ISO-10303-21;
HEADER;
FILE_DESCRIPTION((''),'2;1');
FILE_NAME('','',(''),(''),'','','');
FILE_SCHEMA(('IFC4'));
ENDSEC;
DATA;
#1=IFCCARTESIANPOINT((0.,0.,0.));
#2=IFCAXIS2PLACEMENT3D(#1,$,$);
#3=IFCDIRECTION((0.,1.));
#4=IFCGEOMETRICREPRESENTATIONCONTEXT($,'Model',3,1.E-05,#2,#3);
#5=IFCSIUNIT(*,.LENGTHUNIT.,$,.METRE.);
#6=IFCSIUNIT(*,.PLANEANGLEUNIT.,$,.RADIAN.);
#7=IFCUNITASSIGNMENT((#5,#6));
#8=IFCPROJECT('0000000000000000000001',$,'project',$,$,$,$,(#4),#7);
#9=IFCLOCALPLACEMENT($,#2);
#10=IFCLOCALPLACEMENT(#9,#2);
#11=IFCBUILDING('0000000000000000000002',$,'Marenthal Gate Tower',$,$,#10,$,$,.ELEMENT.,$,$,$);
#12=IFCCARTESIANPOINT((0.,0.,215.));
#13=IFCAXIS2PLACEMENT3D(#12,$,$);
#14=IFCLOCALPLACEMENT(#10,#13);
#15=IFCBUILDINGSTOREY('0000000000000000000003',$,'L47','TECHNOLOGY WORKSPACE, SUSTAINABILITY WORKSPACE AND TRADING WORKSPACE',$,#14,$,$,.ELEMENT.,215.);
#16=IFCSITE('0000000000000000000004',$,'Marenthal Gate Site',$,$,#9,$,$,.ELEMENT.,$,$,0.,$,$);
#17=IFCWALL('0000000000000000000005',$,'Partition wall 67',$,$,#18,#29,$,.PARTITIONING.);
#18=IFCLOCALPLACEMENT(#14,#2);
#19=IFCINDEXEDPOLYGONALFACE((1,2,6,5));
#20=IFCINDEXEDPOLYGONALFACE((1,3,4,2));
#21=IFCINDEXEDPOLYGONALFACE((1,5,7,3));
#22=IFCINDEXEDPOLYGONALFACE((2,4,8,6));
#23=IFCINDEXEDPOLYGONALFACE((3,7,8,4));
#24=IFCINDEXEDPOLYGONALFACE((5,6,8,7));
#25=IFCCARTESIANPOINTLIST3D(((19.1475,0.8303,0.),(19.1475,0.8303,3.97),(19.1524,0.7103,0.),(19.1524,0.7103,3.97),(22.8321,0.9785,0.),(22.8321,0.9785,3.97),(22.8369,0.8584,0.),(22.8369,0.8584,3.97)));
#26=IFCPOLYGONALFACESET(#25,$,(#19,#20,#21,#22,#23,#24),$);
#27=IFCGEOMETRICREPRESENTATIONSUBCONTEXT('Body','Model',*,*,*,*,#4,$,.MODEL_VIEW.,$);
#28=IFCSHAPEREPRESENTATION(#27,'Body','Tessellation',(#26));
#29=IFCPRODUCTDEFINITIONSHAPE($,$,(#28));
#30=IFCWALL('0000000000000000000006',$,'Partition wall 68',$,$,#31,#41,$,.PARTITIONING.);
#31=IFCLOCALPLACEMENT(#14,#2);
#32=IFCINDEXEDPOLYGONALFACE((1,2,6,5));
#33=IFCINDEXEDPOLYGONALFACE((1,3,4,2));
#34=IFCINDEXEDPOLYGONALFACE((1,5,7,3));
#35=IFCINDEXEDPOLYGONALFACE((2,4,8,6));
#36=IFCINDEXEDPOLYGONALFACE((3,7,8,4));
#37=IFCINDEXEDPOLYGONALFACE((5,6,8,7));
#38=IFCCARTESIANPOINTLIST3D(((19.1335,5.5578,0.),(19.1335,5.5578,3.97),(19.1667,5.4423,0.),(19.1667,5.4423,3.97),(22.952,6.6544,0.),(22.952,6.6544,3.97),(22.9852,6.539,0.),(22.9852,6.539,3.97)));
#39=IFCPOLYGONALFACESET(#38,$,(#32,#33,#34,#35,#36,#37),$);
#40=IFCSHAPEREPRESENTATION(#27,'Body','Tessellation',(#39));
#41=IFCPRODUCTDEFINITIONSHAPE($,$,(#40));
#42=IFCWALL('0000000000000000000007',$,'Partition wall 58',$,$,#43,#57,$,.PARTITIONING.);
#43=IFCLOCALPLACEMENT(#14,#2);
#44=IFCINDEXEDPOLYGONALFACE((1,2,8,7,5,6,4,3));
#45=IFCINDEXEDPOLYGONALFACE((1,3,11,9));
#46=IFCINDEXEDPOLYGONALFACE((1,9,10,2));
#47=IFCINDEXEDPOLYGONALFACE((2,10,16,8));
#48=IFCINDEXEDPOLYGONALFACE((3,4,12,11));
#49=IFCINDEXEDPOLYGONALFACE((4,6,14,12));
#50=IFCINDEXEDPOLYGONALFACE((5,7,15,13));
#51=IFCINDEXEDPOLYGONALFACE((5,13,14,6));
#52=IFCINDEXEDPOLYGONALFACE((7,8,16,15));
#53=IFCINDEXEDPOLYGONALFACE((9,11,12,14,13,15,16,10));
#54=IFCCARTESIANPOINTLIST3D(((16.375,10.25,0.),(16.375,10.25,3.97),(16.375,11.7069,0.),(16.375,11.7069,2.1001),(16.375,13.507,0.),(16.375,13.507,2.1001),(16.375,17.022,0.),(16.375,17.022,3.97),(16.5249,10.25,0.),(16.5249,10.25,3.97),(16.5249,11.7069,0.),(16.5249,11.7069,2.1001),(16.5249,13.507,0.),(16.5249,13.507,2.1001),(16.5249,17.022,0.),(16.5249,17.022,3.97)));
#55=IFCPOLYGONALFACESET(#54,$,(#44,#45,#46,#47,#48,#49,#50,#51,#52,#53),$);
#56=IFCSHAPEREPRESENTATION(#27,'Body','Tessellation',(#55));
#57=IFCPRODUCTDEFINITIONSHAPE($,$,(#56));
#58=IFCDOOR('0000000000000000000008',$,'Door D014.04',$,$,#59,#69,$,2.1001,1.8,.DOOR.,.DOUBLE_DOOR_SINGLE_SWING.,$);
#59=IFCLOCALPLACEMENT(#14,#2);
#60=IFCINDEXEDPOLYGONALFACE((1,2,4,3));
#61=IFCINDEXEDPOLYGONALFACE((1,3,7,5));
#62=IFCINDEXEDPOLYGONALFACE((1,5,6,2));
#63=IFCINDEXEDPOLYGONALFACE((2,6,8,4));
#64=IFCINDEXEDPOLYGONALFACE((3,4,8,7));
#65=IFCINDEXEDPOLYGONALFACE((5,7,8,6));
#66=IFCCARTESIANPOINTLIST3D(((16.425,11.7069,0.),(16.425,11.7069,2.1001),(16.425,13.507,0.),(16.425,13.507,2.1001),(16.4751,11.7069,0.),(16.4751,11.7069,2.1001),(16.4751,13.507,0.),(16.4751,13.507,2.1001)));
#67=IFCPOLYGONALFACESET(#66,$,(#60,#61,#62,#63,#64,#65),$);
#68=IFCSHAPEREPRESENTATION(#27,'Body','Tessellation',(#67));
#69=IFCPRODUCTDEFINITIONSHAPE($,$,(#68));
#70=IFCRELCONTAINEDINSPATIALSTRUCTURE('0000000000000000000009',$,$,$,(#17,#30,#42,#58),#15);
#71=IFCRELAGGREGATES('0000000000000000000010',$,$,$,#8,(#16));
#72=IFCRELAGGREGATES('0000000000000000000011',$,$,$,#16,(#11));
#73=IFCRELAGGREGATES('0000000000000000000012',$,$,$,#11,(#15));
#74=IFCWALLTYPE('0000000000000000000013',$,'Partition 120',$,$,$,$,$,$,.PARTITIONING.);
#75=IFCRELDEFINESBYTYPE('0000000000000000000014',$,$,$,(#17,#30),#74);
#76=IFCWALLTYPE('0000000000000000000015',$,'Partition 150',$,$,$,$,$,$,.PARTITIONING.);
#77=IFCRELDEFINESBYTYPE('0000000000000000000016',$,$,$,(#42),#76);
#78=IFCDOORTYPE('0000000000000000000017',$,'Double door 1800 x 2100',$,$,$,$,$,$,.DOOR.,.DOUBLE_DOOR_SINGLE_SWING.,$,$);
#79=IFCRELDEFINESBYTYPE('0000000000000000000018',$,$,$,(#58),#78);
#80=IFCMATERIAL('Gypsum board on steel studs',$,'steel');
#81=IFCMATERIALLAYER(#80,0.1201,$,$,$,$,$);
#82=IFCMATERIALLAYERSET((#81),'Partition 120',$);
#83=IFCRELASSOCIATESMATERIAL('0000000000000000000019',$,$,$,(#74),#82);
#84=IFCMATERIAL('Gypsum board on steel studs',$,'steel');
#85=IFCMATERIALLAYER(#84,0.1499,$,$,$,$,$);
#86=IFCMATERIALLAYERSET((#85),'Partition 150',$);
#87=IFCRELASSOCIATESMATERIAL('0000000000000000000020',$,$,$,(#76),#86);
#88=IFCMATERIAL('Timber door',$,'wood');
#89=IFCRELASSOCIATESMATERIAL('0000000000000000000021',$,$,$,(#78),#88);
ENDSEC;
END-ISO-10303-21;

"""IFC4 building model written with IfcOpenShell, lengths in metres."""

from ifc_helpers import new_model, si_unit, direction, frame, frame_2d, origin, place, context, subcontext, project, spatial, rectangle, extrude, material, layer, layer_set, type_object, element, fill, save


model = new_model("IFC4")

# Units and contexts
model_context = context("Model", 3, precision=1e-05, world=origin(), true_north=direction((0.0, 1.0)))
body_context = subcontext(model_context, "Body", "Model", "MODEL_VIEW")
ifc_project = project(units=[si_unit("LENGTHUNIT", "METRE"), si_unit("PLANEANGLEUNIT", "RADIAN")], contexts=[model_context])

# Site, building, storey
site_placement = place(None, origin())
site = spatial("IfcSite", under=ifc_project, at=site_placement, Name="Marenthal Gate Site", CompositionType="ELEMENT", RefElevation=0.0)
building_placement = place(site_placement, origin())
building = spatial("IfcBuilding", under=site, at=building_placement, Name="Marenthal Gate Tower", CompositionType="ELEMENT")
storey_placement = place(building_placement, frame((0.0, 0.0, 215.0)))
storey = spatial("IfcBuildingStorey", under=building, at=storey_placement, Name="L47", Description="TECHNOLOGY WORKSPACE, SUSTAINABILITY WORKSPACE AND TRADING WORKSPACE", CompositionType="ELEMENT", Elevation=215.0)

# Walls
ifc_material_1 = material(Name="Gypsum board on steel studs", Category="steel")
ifc_layer_1 = layer(ifc_material_1, 0.1201)
ifc_layer_set_1 = layer_set([ifc_layer_1], Name="Partition 120")
wall_type_1 = type_object("IfcWallType", Name="Partition 120", PredefinedType="PARTITIONING", material=ifc_layer_set_1)
wall_1_placement = place(storey_placement, frame((22.8345, 0.9185, 0.0), z_axis=(0.0, 0.0, 1.0), x_axis=(-0.999192, -0.040187, 0.0)))
element("IfcWall", 1, at=wall_1_placement, inside=storey, type_object=wall_type_1, Name="Partition wall 67", PredefinedType="PARTITIONING", context=body_context, shape_type="SweptSolid", body=[
    extrude(rectangle(XDim=3.6875, YDim=0.1201, at=frame_2d((1.8438, 0.0))), origin(), (0.0, 0.0, 1.0), 3.97),
])
wall_2_placement = place(storey_placement, frame((22.9685, 6.5967, 0.0), z_axis=(0.0, 0.0, 1.0), x_axis=(-0.961147, -0.276036, 0.0)))
element("IfcWall", 2, at=wall_2_placement, inside=storey, type_object=wall_type_1, Name="Partition wall 68", PredefinedType="PARTITIONING", context=body_context, shape_type="SweptSolid", body=[
    extrude(rectangle(XDim=3.9729, YDim=0.1201, at=frame_2d((1.9863, 0.0))), origin(), (0.0, 0.0, 1.0), 3.97),
])

# Wall, opening, door
ifc_material_2 = material(Name="Gypsum board on steel studs", Category="steel")
ifc_layer_2 = layer(ifc_material_2, 0.1499)
ifc_layer_set_2 = layer_set([ifc_layer_2], Name="Partition 150")
wall_type_2 = type_object("IfcWallType", Name="Partition 150", PredefinedType="PARTITIONING", material=ifc_layer_set_2)
wall_3_placement = place(storey_placement, frame((16.45, 10.25, 0.0), z_axis=(0.0, 0.0, 1.0), x_axis=(0.0, 1.0, 0.0)))
wall_3 = element("IfcWall", 3, at=wall_3_placement, inside=storey, type_object=wall_type_2, Name="Partition wall 58", PredefinedType="PARTITIONING", context=body_context, shape_type="SweptSolid", body=[
    extrude(rectangle(XDim=6.772, YDim=0.1499, at=frame_2d((3.386, 0.0))), origin(), (0.0, 0.0, 1.0), 3.97),
])
opening_placement = place(wall_3_placement, frame((1.457, 0.0, 0.0)))
opening = element("IfcOpeningElement", 4, at=opening_placement, cuts=wall_3, PredefinedType="OPENING", context=body_context, shape_type="SweptSolid", body=[
    extrude(rectangle(XDim=1.8, YDim=2.1001, at=frame_2d((0.8999, 1.05))), frame((0.0, 0.085, 0.0), z_axis=(0.0, -1.0, 0.0), x_axis=(1.0, 0.0, 0.0)), (0.0, 0.0, 1.0), 0.1699),
])
ifc_material_3 = material(Name="Timber door", Category="wood")
door_type = type_object("IfcDoorType", Name="Double door 1800 x 2100", OperationType="DOUBLE_DOOR_SINGLE_SWING", PredefinedType="DOOR", material=ifc_material_3)
door_placement = place(opening_placement, origin())
door = element("IfcDoor", 5, at=door_placement, inside=storey, type_object=door_type, Name="Door D014.04", OperationType="DOUBLE_DOOR_SINGLE_SWING", OverallHeight=2.1001, OverallWidth=1.8, PredefinedType="DOOR", context=body_context, shape_type="SweptSolid", body=[
    extrude(rectangle(XDim=1.8, YDim=2.1001, at=frame_2d((0.8999, 1.05))), frame((0.0, 0.0249, 0.0), z_axis=(0.0, -1.0, 0.0), x_axis=(1.0, 0.0, 0.0)), (0.0, 0.0, 1.0), 0.05),
])
fill(opening, door)

save(model, "model.ifc")
